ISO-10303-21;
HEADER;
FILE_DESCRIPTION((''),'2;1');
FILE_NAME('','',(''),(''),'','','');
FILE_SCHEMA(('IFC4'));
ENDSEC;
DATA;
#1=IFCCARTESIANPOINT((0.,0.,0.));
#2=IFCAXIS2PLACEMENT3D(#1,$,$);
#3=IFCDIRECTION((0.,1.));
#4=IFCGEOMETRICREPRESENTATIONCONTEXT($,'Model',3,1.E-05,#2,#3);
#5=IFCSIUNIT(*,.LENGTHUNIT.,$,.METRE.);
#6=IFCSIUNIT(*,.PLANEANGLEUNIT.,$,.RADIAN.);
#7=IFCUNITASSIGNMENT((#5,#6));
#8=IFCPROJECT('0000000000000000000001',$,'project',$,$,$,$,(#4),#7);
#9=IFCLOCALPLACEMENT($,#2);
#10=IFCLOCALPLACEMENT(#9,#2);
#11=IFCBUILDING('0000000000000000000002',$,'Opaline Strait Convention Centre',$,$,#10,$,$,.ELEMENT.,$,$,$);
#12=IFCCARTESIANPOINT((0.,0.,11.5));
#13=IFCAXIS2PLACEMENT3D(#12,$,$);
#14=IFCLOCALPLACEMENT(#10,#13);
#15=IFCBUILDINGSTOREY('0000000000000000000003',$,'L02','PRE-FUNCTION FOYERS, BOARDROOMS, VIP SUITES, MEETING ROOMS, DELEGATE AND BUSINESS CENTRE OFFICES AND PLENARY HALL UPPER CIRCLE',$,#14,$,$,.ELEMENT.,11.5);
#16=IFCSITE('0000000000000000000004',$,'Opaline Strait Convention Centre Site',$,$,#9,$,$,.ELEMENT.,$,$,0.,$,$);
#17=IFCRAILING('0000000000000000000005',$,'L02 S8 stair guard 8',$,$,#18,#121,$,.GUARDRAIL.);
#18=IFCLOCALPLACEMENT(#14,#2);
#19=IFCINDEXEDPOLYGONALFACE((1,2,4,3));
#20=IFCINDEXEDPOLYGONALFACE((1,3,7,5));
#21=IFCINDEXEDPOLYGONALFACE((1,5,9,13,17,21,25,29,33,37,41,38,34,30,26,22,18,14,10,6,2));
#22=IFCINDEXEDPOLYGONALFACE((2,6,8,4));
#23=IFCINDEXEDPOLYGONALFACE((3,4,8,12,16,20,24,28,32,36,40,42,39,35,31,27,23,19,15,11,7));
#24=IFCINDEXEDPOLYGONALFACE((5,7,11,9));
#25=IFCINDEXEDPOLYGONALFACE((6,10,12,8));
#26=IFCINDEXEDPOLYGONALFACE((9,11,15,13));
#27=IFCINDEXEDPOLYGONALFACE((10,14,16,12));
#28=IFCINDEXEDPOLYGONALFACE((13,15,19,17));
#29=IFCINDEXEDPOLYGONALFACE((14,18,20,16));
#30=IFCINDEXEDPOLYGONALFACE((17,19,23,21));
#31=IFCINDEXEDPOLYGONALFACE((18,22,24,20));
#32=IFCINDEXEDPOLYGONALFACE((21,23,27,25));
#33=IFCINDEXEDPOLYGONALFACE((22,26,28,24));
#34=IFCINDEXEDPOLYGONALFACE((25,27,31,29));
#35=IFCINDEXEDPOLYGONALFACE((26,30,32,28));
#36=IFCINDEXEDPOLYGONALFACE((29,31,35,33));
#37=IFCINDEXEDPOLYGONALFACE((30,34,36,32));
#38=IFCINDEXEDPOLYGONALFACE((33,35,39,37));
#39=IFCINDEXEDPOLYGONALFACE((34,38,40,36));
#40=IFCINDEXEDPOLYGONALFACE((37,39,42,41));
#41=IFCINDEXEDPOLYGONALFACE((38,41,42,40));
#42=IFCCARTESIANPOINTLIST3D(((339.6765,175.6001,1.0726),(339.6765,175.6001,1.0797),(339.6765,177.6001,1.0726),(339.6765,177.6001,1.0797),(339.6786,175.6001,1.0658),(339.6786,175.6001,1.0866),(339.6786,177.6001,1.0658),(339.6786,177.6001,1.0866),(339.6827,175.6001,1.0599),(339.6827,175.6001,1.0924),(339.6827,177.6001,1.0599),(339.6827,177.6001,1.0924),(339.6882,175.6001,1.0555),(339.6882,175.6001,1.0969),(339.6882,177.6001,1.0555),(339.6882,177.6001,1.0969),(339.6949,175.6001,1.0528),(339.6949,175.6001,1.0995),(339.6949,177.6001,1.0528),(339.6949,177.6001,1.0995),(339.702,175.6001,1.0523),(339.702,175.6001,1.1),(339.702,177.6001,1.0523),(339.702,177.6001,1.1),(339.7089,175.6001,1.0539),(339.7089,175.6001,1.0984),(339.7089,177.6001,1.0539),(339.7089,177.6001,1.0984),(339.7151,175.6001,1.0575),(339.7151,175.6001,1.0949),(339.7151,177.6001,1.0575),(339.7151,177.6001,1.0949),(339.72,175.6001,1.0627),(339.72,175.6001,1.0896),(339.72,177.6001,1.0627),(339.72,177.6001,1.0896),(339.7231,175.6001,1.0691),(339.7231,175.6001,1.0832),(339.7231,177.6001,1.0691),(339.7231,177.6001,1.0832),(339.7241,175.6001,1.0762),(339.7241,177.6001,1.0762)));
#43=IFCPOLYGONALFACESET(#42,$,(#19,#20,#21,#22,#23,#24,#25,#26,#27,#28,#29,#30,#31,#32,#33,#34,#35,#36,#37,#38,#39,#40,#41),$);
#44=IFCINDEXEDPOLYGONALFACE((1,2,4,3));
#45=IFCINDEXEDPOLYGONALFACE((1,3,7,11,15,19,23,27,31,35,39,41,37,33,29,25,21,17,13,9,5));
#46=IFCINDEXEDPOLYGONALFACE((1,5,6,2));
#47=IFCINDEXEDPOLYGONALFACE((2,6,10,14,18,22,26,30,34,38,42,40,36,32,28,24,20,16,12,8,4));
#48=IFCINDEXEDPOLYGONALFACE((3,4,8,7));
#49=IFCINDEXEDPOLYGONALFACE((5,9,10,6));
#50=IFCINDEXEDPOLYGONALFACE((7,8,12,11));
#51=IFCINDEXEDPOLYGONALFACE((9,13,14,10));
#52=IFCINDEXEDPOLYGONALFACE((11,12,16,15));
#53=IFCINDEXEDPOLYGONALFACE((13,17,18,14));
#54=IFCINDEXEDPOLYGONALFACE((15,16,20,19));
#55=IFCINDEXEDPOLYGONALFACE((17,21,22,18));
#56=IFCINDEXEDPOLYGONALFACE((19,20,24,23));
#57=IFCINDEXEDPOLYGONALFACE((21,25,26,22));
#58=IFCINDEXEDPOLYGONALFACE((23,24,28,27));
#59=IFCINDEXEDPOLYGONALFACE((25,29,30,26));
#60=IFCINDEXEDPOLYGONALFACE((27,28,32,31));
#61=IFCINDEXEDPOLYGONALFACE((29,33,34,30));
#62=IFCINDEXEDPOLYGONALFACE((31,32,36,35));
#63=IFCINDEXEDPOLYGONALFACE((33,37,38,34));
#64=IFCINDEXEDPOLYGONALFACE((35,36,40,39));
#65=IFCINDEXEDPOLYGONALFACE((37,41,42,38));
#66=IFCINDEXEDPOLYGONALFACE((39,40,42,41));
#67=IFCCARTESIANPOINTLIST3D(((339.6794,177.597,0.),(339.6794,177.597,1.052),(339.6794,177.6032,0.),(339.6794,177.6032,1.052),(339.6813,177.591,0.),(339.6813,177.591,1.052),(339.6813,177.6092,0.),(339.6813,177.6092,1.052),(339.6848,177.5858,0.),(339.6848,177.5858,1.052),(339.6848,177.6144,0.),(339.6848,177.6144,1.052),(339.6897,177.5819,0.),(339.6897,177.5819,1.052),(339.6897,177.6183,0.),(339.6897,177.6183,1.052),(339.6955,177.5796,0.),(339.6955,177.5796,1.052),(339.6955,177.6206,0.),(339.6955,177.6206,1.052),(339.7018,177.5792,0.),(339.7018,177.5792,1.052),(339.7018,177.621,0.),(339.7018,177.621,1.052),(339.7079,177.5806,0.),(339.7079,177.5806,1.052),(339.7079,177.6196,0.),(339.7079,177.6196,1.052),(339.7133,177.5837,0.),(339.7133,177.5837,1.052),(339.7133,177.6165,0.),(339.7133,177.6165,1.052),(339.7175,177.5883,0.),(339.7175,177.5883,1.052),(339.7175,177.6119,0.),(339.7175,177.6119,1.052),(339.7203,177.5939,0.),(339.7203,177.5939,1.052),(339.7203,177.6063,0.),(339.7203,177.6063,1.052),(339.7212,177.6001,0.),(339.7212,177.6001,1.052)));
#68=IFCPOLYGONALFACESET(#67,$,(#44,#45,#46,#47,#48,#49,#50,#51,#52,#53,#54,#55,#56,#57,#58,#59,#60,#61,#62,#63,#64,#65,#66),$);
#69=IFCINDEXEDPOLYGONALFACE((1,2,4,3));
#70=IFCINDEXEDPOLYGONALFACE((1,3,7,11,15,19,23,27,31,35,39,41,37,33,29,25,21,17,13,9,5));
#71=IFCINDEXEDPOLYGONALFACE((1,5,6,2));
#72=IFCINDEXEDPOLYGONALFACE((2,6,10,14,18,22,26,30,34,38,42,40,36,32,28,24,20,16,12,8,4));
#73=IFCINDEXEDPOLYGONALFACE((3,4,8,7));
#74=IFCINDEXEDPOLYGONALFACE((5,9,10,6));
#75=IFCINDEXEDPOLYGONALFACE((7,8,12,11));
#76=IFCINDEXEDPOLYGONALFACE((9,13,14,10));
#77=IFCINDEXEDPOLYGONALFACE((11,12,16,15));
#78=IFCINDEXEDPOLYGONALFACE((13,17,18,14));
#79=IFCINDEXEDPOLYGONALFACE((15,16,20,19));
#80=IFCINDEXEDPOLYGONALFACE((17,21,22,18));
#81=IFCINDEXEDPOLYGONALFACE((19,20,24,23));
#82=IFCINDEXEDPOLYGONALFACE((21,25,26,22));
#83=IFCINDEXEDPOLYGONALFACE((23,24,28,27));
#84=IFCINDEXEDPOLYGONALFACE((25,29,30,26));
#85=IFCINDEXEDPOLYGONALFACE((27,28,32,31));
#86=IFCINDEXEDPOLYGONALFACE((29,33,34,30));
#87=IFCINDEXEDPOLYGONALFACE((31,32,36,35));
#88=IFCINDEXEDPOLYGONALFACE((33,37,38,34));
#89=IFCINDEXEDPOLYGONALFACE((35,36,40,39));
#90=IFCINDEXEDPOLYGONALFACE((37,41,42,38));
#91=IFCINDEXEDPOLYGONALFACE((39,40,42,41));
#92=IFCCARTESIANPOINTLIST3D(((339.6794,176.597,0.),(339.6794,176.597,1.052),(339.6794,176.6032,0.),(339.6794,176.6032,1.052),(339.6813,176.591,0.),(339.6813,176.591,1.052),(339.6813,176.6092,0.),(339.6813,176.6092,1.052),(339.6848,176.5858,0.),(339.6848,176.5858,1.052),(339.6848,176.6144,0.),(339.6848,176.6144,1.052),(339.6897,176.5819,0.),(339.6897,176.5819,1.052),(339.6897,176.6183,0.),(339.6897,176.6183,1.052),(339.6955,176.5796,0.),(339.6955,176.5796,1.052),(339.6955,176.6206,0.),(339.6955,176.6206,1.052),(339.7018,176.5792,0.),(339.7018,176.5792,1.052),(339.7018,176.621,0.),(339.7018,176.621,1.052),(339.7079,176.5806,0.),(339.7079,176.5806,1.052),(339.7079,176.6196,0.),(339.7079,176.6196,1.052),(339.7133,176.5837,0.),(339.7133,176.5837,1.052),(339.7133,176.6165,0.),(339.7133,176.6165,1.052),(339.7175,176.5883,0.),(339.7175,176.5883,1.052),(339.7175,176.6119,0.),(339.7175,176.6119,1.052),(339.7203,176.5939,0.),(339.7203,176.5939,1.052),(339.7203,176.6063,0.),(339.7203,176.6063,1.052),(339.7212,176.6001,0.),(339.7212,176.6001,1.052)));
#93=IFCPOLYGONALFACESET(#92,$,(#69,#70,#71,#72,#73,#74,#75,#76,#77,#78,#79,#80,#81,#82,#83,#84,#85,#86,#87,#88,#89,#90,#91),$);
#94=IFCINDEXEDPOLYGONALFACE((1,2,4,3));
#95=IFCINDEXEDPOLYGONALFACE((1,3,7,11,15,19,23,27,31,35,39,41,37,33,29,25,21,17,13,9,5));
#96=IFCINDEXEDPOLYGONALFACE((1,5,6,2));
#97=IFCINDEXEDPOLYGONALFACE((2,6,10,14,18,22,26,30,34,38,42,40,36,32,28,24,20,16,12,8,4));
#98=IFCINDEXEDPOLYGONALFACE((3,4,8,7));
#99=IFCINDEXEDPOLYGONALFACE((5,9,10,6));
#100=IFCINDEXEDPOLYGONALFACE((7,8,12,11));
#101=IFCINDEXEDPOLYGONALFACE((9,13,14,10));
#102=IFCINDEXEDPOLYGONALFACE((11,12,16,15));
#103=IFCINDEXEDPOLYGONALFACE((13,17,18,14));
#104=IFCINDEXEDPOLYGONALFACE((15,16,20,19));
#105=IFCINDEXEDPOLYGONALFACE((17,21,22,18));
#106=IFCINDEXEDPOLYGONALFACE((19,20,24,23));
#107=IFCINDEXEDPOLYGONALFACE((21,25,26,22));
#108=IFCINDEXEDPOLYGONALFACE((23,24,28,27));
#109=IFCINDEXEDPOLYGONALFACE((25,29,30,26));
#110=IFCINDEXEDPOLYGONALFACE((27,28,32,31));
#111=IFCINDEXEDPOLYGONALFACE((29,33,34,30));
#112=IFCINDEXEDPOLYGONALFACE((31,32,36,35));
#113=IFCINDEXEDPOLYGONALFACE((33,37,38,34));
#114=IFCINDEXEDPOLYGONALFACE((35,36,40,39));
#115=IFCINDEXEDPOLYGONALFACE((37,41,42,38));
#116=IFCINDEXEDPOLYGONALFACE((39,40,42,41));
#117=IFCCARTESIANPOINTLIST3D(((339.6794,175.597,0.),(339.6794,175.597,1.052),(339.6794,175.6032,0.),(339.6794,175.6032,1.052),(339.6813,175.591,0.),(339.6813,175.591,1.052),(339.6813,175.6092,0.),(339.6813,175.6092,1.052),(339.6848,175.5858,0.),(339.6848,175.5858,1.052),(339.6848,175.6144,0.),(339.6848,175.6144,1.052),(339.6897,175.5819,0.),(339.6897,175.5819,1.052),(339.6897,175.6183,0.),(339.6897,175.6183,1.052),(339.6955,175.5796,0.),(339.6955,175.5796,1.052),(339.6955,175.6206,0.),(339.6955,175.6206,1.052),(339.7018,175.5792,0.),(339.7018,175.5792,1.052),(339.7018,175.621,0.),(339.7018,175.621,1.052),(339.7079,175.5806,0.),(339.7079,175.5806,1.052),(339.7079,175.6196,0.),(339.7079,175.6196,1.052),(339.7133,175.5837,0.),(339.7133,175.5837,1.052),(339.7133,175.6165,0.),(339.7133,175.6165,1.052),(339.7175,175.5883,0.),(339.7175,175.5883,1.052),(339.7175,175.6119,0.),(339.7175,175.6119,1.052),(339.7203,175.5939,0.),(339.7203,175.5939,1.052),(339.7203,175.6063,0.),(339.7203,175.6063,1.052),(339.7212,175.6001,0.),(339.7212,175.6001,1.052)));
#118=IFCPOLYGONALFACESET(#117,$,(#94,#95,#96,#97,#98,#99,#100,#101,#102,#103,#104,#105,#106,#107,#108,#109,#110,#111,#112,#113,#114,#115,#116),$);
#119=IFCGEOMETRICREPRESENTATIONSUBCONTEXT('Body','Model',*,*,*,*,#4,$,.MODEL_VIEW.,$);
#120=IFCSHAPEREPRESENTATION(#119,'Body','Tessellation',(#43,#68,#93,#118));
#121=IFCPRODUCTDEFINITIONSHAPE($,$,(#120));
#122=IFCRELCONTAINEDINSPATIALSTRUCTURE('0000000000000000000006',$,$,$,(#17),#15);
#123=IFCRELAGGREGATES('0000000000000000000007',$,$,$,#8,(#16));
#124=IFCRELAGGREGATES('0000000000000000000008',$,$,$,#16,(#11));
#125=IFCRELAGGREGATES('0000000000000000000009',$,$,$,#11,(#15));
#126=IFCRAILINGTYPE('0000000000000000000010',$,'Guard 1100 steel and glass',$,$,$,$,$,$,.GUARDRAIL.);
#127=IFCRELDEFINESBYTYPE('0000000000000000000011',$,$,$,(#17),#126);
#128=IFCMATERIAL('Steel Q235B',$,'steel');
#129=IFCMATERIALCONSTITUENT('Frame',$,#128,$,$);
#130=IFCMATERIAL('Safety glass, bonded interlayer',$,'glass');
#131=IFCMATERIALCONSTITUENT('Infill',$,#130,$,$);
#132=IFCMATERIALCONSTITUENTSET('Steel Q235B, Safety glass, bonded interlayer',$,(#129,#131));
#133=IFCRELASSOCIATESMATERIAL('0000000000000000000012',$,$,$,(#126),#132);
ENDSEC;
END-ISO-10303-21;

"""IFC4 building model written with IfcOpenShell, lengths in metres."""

from ifc_helpers import new_model, si_unit, direction, frame, origin, origin_2d, place, context, subcontext, project, spatial, circle, extrude, material, constituent, constituent_set, type_object, element, save


model = new_model("IFC4")

# Units and contexts
model_context = context("Model", 3, precision=1e-05, world=origin(), true_north=direction((0.0, 1.0)))
body_context = subcontext(model_context, "Body", "Model", "MODEL_VIEW")
ifc_project = project(units=[si_unit("LENGTHUNIT", "METRE"), si_unit("PLANEANGLEUNIT", "RADIAN")], contexts=[model_context])

# Site, building, storey
site_placement = place(None, origin())
site = spatial("IfcSite", under=ifc_project, at=site_placement, Name="Opaline Strait Convention Centre Site", CompositionType="ELEMENT", RefElevation=0.0)
building_placement = place(site_placement, origin())
building = spatial("IfcBuilding", under=site, at=building_placement, Name="Opaline Strait Convention Centre", CompositionType="ELEMENT")
storey_placement = place(building_placement, frame((0.0, 0.0, 11.5)))
storey = spatial("IfcBuildingStorey", under=building, at=storey_placement, Name="L02", Description="PRE-FUNCTION FOYERS, BOARDROOMS, VIP SUITES, MEETING ROOMS, DELEGATE AND BUSINESS CENTRE OFFICES AND PLENARY HALL UPPER CIRCLE", CompositionType="ELEMENT", Elevation=11.5)

# Railing
ifc_material_1 = material(Name="Steel Q235B", Category="steel")
ifc_constituent_1 = constituent(ifc_material_1, Name="Frame")
ifc_material_2 = material(Name="Safety glass, bonded interlayer", Category="glass")
ifc_constituent_2 = constituent(ifc_material_2, Name="Infill")
ifc_constituent_set = constituent_set(constituents=[ifc_constituent_1, ifc_constituent_2], Name="Steel Q235B, Safety glass, bonded interlayer")
railing_type_1 = type_object("IfcRailingType", Name="Guard 1100 steel and glass", PredefinedType="GUARDRAIL", material=ifc_constituent_set)
railing_1_placement = place(storey_placement, frame((339.7002, 177.6001, 0.0)))
element("IfcRailing", 1, at=railing_1_placement, inside=storey, type_object=railing_type_1, Name="L02 S8 stair guard 8", PredefinedType="GUARDRAIL", context=body_context, shape_type="SweptSolid", body=[
    extrude(circle(Radius=0.0239, at=origin_2d()), frame((0.0, 0.0, 1.0762), z_axis=(0.0, -1.0, 0.0), x_axis=(1.0, 0.0, 0.0)), (0.0, 0.0, 1.0), 2.0),
    extrude(circle(Radius=0.021, at=origin_2d()), origin(), (0.0, 0.0, 1.0), 1.052),
    extrude(circle(Radius=0.021, at=origin_2d()), frame((0.0, -1.0, 0.0)), (0.0, 0.0, 1.0), 1.052),
    extrude(circle(Radius=0.021, at=origin_2d()), frame((0.0, -2.0, 0.0)), (0.0, 0.0, 1.0), 1.052),
])

save(model, "model.ifc")
